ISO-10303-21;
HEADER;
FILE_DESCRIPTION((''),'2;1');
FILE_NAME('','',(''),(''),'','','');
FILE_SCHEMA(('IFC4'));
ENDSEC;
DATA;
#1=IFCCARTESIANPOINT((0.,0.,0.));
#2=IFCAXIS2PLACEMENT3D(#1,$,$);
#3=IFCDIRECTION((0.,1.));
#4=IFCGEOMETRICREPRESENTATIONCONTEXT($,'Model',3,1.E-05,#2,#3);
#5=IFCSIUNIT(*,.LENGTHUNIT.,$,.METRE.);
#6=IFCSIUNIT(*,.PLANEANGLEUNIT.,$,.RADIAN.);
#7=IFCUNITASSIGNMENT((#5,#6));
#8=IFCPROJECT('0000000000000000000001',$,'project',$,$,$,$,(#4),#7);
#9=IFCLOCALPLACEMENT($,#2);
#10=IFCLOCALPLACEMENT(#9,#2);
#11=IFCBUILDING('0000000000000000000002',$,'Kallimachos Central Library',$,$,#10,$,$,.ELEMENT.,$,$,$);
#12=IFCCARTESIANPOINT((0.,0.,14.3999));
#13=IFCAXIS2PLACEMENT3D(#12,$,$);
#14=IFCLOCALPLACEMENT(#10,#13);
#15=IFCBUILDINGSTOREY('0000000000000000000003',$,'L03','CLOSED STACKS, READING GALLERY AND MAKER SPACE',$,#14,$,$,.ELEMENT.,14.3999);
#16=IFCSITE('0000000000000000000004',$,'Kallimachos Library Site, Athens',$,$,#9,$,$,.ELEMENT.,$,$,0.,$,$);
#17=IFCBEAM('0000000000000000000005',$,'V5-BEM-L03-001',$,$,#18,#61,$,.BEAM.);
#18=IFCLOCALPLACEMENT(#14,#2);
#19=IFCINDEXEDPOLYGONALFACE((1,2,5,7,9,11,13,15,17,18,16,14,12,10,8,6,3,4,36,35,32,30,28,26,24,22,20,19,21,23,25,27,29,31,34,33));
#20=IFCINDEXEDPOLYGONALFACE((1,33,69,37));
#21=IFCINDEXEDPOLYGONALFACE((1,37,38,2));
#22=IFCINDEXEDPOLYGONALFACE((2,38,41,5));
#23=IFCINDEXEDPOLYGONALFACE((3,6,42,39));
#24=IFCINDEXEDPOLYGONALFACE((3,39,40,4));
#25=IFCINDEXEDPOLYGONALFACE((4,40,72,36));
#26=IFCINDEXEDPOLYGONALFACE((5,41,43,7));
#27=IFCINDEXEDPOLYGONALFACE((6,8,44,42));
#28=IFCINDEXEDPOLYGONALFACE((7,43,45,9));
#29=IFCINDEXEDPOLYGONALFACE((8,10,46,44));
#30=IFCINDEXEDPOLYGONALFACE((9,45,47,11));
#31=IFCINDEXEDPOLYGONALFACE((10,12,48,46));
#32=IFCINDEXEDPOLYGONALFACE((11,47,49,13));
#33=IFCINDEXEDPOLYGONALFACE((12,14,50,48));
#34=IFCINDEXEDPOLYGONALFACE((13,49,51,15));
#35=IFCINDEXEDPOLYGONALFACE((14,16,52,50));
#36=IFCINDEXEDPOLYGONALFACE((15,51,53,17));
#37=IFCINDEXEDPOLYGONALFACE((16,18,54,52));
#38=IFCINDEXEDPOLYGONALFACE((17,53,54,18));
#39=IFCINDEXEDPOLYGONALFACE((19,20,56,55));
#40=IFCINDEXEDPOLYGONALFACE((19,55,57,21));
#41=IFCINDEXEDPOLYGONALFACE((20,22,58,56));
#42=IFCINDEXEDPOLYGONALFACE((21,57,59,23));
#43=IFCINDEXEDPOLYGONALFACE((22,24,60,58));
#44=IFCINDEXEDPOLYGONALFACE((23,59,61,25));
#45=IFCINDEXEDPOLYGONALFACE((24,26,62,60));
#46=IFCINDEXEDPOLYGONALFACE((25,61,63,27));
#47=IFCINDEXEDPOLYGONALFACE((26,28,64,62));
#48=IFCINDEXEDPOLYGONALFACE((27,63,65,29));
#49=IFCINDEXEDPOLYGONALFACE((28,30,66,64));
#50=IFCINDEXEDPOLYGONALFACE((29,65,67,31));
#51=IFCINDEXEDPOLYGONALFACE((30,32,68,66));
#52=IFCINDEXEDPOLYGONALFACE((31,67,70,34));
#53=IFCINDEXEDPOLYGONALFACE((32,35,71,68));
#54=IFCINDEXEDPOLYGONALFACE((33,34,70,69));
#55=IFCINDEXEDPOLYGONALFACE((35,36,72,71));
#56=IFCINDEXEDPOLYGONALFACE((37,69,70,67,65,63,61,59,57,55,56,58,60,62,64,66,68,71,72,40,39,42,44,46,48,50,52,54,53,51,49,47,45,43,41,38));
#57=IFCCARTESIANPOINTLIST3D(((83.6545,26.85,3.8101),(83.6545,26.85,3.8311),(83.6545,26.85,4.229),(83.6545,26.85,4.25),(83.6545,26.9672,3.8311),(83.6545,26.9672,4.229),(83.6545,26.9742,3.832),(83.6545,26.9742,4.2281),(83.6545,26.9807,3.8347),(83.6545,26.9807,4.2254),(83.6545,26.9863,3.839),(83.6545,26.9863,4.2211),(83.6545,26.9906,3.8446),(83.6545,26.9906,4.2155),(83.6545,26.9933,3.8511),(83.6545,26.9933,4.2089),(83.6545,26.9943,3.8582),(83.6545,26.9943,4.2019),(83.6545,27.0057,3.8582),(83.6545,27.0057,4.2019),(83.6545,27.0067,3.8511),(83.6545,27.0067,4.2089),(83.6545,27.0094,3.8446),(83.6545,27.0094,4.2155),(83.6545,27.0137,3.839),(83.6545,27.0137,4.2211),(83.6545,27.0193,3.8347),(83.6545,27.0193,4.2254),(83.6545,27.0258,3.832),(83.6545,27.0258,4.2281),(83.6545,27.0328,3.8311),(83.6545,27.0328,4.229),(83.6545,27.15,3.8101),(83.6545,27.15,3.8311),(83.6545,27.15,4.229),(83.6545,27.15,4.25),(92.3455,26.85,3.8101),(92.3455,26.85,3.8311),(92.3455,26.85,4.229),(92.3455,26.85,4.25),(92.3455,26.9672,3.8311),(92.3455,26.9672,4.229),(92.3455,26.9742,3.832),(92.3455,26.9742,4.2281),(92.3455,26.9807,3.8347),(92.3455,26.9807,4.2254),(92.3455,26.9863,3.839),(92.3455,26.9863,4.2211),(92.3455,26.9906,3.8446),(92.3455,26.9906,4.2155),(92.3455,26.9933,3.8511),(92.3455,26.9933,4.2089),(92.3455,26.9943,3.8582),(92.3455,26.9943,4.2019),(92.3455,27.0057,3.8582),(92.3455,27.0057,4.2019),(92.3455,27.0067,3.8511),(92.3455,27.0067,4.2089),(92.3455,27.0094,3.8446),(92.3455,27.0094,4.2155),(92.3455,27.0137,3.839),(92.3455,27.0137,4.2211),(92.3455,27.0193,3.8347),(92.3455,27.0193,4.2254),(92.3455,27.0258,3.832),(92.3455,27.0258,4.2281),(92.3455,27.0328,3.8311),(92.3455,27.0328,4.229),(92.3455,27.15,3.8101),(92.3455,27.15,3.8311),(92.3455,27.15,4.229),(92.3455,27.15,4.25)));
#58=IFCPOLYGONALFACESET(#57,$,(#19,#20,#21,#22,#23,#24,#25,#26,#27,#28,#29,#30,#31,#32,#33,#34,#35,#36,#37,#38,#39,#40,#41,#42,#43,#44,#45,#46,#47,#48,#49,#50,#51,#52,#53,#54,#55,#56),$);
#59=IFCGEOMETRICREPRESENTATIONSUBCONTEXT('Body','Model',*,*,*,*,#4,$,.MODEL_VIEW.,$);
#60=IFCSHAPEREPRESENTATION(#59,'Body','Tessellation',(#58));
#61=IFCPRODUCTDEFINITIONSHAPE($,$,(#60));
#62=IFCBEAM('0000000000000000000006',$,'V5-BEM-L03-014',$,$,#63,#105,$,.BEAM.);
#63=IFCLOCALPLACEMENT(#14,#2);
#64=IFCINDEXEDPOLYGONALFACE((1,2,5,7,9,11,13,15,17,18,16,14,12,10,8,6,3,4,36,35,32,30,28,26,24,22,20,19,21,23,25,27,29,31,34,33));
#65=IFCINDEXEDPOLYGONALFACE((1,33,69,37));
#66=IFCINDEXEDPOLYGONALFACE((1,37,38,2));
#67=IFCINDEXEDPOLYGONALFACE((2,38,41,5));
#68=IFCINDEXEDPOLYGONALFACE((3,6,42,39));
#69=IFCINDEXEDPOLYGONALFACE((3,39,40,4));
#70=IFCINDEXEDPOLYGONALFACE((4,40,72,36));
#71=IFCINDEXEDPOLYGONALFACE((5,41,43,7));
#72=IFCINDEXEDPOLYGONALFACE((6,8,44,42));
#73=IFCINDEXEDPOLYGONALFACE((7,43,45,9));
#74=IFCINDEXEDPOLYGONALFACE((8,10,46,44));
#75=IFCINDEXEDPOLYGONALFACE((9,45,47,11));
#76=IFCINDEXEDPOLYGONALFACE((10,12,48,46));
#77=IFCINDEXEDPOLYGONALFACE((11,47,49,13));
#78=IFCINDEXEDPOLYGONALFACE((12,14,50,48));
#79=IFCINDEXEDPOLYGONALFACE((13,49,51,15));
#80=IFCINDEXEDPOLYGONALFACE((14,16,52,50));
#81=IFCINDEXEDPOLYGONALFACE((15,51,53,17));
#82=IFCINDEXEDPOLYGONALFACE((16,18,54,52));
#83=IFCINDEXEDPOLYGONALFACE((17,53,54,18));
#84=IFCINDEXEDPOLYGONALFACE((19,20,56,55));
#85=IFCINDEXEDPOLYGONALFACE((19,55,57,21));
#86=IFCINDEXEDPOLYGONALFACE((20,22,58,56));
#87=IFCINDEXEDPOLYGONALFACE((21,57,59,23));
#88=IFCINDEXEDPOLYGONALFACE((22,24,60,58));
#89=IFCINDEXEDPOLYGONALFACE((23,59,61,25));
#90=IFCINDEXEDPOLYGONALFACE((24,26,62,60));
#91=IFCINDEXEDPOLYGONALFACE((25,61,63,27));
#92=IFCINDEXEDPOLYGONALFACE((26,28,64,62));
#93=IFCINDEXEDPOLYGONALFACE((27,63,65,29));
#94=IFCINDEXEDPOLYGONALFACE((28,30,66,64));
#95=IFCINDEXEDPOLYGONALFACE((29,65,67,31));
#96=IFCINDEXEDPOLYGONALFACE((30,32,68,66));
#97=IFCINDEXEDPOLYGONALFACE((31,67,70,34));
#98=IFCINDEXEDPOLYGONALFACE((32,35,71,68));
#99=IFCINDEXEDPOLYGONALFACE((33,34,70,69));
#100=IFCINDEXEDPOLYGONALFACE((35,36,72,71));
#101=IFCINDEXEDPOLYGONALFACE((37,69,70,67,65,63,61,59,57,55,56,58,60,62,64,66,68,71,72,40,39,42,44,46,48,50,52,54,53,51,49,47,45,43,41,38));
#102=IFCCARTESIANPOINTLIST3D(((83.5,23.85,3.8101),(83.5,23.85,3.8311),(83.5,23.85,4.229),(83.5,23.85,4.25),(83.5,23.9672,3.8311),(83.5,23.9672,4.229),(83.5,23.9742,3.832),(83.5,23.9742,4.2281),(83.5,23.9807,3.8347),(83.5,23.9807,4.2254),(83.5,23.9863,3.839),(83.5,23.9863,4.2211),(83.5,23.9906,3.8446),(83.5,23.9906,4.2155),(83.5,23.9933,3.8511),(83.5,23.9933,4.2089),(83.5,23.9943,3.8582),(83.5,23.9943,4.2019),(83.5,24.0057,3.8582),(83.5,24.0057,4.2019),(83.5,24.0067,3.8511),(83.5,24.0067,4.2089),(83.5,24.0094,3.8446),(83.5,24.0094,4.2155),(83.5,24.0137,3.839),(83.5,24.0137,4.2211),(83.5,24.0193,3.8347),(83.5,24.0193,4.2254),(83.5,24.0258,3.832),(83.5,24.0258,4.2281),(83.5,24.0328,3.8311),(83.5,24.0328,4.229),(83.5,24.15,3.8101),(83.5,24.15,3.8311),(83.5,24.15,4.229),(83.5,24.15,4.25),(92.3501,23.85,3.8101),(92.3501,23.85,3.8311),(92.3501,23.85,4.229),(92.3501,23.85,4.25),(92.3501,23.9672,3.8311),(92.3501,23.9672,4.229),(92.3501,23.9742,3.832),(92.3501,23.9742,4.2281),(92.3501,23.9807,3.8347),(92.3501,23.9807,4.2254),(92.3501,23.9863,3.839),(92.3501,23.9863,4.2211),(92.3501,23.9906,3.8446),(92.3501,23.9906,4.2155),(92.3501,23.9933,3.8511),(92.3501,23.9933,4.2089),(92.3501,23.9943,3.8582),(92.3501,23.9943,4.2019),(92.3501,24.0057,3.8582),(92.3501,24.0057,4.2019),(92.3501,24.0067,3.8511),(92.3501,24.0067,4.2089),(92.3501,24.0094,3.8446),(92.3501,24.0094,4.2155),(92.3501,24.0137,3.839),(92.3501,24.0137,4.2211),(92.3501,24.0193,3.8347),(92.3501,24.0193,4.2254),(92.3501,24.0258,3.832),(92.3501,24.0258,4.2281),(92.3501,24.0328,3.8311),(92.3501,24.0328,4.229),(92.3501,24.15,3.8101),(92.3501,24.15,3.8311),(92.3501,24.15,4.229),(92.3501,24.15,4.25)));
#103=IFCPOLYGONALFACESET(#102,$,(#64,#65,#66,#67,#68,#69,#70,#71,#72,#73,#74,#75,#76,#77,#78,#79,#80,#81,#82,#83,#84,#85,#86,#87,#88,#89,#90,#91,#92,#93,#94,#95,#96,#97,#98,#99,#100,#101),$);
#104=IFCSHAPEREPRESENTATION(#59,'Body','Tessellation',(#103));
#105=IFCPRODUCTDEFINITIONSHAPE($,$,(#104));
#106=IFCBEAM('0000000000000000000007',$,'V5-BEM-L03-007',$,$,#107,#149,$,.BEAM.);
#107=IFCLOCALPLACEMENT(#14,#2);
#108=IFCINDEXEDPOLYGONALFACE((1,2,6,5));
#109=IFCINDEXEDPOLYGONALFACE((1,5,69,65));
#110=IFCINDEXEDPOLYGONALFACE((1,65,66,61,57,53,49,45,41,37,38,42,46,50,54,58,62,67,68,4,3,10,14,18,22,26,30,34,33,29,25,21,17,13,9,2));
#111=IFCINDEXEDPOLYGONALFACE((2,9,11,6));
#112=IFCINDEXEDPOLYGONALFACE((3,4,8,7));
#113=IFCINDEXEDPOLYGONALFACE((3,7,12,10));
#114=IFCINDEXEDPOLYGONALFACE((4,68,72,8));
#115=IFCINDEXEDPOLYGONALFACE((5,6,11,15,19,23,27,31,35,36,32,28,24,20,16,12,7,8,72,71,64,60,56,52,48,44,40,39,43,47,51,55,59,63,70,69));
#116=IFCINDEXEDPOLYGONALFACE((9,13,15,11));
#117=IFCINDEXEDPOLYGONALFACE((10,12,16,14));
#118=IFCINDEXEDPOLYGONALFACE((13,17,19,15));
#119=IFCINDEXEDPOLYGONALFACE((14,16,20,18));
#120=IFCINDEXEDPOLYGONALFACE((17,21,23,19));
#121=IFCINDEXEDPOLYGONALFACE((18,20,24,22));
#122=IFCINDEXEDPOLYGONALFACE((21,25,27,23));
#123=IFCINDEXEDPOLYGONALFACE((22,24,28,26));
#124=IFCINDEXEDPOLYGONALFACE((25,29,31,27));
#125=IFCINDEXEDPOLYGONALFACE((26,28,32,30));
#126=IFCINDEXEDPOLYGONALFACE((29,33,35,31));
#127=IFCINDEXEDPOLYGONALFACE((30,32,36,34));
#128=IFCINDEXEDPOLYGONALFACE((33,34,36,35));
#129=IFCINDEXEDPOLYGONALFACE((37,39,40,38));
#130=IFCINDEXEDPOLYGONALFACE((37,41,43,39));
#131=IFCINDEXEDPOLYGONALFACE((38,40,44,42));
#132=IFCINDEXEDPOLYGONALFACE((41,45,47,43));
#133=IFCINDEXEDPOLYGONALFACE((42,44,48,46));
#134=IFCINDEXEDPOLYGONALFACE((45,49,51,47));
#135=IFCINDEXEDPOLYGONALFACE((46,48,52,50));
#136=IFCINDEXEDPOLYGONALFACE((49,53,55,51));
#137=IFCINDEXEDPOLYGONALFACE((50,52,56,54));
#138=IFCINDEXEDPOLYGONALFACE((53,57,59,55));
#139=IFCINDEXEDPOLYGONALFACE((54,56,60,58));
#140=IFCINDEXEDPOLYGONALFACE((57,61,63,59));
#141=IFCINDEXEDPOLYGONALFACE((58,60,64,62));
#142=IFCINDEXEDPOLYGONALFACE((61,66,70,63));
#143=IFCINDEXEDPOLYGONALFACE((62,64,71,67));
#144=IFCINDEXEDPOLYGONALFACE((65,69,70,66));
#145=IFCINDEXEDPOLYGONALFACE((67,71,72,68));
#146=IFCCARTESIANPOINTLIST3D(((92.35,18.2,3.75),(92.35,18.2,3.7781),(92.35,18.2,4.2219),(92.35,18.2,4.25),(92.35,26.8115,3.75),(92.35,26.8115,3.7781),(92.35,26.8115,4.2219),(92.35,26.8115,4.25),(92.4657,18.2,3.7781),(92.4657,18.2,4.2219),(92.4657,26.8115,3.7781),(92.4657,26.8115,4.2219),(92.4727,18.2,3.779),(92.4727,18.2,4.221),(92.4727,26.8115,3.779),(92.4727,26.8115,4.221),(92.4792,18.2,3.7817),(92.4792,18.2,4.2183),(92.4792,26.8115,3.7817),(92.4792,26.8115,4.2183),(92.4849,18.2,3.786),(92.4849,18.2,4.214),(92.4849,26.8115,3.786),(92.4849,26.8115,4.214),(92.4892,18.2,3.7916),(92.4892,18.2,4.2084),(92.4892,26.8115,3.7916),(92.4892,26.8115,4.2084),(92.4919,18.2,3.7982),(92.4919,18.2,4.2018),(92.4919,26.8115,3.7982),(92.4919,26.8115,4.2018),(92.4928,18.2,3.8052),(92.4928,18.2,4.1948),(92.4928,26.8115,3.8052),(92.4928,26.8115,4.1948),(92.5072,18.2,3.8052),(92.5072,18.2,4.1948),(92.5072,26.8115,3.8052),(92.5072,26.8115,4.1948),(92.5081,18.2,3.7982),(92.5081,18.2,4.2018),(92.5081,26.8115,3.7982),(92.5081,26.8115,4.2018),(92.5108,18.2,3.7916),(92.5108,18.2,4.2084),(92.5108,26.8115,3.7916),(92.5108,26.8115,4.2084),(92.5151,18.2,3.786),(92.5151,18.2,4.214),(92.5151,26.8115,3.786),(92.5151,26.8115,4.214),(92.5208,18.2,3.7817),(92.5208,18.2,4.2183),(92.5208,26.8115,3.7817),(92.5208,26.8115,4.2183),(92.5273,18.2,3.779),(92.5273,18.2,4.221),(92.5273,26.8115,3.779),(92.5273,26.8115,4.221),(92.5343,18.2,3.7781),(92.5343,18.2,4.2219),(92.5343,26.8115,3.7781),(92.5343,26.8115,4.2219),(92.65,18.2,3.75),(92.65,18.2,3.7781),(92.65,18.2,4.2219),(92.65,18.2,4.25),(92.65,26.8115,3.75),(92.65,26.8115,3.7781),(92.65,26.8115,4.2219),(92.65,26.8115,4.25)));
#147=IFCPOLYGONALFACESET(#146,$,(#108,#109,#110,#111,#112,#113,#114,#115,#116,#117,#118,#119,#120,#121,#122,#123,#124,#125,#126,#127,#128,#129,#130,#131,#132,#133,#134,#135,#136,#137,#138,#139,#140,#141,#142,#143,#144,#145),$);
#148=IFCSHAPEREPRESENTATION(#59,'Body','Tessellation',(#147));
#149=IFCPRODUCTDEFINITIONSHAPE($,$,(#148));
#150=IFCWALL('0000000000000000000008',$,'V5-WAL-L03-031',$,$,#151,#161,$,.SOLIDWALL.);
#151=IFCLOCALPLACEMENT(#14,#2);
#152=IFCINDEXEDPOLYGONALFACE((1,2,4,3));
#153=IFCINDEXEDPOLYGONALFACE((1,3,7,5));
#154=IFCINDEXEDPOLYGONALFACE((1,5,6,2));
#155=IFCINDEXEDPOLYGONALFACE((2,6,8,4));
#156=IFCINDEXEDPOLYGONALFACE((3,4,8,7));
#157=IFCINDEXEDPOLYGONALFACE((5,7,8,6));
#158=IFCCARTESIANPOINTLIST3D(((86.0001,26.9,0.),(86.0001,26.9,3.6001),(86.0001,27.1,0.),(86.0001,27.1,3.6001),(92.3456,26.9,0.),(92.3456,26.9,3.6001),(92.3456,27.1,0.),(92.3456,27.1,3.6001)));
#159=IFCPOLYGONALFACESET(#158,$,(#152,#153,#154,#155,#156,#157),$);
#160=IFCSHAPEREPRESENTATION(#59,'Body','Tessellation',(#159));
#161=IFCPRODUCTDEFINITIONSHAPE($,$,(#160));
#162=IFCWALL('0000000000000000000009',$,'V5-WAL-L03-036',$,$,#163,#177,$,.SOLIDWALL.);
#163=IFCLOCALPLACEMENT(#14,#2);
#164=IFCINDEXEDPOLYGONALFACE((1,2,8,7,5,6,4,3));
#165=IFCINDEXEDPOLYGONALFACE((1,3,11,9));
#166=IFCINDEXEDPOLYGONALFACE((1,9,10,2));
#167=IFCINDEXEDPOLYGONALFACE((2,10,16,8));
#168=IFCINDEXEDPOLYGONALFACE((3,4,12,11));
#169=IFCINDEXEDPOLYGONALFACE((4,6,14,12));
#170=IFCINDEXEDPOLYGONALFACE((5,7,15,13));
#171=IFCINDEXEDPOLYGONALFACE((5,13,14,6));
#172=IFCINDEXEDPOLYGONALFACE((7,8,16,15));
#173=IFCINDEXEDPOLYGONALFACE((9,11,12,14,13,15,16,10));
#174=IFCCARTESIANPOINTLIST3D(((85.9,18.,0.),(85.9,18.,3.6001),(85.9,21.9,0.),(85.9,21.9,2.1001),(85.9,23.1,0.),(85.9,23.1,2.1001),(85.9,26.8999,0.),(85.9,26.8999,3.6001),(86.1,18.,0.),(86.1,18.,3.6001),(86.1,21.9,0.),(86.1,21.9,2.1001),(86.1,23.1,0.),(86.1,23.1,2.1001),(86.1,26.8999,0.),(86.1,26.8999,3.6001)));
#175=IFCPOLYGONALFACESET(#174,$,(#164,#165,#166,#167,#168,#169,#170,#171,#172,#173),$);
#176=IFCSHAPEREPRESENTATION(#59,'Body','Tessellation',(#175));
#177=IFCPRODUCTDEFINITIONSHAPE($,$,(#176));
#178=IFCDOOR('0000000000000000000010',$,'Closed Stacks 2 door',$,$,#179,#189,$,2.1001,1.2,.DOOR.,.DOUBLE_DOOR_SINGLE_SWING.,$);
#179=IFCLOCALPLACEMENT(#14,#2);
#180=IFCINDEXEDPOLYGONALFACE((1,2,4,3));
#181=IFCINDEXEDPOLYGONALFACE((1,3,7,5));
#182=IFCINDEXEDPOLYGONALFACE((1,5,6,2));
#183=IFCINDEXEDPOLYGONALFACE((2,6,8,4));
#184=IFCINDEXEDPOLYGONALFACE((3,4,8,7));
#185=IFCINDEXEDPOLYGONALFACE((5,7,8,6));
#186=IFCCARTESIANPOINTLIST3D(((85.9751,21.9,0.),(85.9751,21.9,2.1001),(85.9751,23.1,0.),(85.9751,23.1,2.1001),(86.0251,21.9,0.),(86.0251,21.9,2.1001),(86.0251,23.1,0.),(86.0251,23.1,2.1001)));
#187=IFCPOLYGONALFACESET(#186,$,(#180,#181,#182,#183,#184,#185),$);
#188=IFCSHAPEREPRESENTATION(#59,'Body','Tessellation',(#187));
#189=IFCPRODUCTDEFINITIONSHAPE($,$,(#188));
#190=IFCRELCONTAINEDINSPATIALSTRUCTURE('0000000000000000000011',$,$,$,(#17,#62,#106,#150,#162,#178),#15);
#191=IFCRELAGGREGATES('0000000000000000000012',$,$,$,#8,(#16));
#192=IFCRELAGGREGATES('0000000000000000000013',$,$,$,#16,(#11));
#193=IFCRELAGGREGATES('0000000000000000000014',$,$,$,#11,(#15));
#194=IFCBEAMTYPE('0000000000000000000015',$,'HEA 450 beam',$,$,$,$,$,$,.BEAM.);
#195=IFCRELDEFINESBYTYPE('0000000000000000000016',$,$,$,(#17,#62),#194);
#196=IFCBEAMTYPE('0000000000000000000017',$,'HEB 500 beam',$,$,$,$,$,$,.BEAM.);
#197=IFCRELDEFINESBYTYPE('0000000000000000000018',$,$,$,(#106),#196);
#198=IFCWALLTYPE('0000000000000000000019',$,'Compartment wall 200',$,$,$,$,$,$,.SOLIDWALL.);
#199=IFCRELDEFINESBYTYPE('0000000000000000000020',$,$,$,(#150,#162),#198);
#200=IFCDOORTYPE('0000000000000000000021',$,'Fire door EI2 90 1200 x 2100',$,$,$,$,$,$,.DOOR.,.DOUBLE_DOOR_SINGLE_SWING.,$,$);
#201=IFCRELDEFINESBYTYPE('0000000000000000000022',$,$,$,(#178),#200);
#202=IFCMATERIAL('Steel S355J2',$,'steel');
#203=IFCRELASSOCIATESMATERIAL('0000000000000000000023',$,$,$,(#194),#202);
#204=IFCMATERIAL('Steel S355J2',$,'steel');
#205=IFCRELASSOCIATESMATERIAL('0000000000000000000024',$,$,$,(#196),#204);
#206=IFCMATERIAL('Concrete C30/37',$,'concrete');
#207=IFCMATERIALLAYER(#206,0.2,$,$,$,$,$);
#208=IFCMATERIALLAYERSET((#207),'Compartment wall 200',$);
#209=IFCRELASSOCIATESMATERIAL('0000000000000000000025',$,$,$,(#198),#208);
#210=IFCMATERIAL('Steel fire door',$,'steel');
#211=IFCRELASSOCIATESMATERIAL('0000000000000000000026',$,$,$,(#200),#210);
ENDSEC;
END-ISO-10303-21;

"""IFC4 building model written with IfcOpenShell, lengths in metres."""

from ifc_helpers import new_model, si_unit, direction, frame, frame_2d, origin, origin_2d, place, context, subcontext, project, spatial, rectangle, i_section, extrude, material, layer, layer_set, material_profile, profile_set, type_object, element, fill, save


model = new_model("IFC4")

# Units and contexts
model_context = context("Model", 3, precision=1e-05, world=origin(), true_north=direction((0.0, 1.0)))
body_context = subcontext(model_context, "Body", "Model", "MODEL_VIEW")
ifc_project = project(units=[si_unit("LENGTHUNIT", "METRE"), si_unit("PLANEANGLEUNIT", "RADIAN")], contexts=[model_context])

# Site, building, storey
site_placement = place(None, origin())
site = spatial("IfcSite", under=ifc_project, at=site_placement, Name="Kallimachos Library Site, Athens", CompositionType="ELEMENT", RefElevation=0.0)
building_placement = place(site_placement, origin())
building = spatial("IfcBuilding", under=site, at=building_placement, Name="Kallimachos Central Library", CompositionType="ELEMENT")
storey_placement = place(building_placement, frame((0.0, 0.0, 14.3999)))
storey = spatial("IfcBuildingStorey", under=building, at=storey_placement, Name="L03", Description="CLOSED STACKS, READING GALLERY AND MAKER SPACE", CompositionType="ELEMENT", Elevation=14.3999)

# Beams
ifc_material_1 = material(Name="Steel S355J2", Category="steel")
ifc_material_profile_1 = material_profile(ifc_material_1, i_section(OverallWidth=0.3, OverallDepth=0.4399, WebThickness=0.0115, FlangeThickness=0.021, FilletRadius=0.0271, at=origin_2d()), Name="HEA 450")
ifc_profile_set_1 = profile_set([ifc_material_profile_1], Name="Steel S355J2")
beam_type_1 = type_object("IfcBeamType", Name="HEA 450 beam", PredefinedType="BEAM", material=ifc_profile_set_1)
beam_1_placement = place(storey_placement, frame((83.6545, 27.0, 4.03), z_axis=(1.0, 0.0, 0.0), x_axis=(0.0, 1.0, 0.0)))
element("IfcBeam", 1, at=beam_1_placement, inside=storey, type_object=beam_type_1, Name="V5-BEM-L03-001", PredefinedType="BEAM", context=body_context, shape_type="SweptSolid", body=[
    extrude(i_section(OverallWidth=0.3, OverallDepth=0.4399, WebThickness=0.0115, FlangeThickness=0.021, FilletRadius=0.0271, at=origin_2d()), origin(), (0.0, 0.0, 1.0), 8.6909),
])
beam_2_placement = place(storey_placement, frame((83.5, 24.0, 4.03), z_axis=(1.0, 0.0, 0.0), x_axis=(0.0, 1.0, 0.0)))
element("IfcBeam", 2, at=beam_2_placement, inside=storey, type_object=beam_type_1, Name="V5-BEM-L03-014", PredefinedType="BEAM", context=body_context, shape_type="SweptSolid", body=[
    extrude(i_section(OverallWidth=0.3, OverallDepth=0.4399, WebThickness=0.0115, FlangeThickness=0.021, FilletRadius=0.0271, at=origin_2d()), origin(), (0.0, 0.0, 1.0), 8.8501),
])
ifc_material_2 = material(Name="Steel S355J2", Category="steel")
ifc_material_profile_2 = material_profile(ifc_material_2, i_section(OverallWidth=0.3, OverallDepth=0.5, WebThickness=0.0144, FlangeThickness=0.0281, FilletRadius=0.0271, at=origin_2d()), Name="HEB 500")
ifc_profile_set_2 = profile_set([ifc_material_profile_2], Name="Steel S355J2")
beam_type_2 = type_object("IfcBeamType", Name="HEB 500 beam", PredefinedType="BEAM", material=ifc_profile_set_2)
beam_3_placement = place(storey_placement, frame((92.5, 18.2, 4.0), z_axis=(0.0, 1.0, 0.0), x_axis=(-1.0, 0.0, 0.0)))
element("IfcBeam", 3, at=beam_3_placement, inside=storey, type_object=beam_type_2, Name="V5-BEM-L03-007", PredefinedType="BEAM", context=body_context, shape_type="SweptSolid", body=[
    extrude(i_section(OverallWidth=0.3, OverallDepth=0.5, WebThickness=0.0144, FlangeThickness=0.0281, FilletRadius=0.0271, at=origin_2d()), origin(), (0.0, 0.0, 1.0), 8.6116),
])

# Wall
ifc_material_3 = material(Name="Concrete C30/37", Category="concrete")
ifc_layer_1 = layer(ifc_material_3, 0.2)
ifc_layer_set_1 = layer_set([ifc_layer_1], Name="Compartment wall 200")
wall_type_1 = type_object("IfcWallType", Name="Compartment wall 200", PredefinedType="SOLIDWALL", material=ifc_layer_set_1)
wall_1_placement = place(storey_placement, frame((86.0, 27.0, 0.0), z_axis=(0.0, 0.0, 1.0), x_axis=(1.0, 0.0, 0.0)))
element("IfcWall", 4, at=wall_1_placement, inside=storey, type_object=wall_type_1, Name="V5-WAL-L03-031", PredefinedType="SOLIDWALL", context=body_context, shape_type="SweptSolid", body=[
    extrude(rectangle(XDim=6.3455, YDim=0.2, at=frame_2d((3.1729, 0.0))), origin(), (0.0, 0.0, 1.0), 3.6001),
])

# Wall, opening, door
wall_2_placement = place(storey_placement, frame((86.0, 18.0, 0.0), z_axis=(0.0, 0.0, 1.0), x_axis=(0.0, 1.0, 0.0)))
wall_2 = element("IfcWall", 5, at=wall_2_placement, inside=storey, type_object=wall_type_1, Name="V5-WAL-L03-036", PredefinedType="SOLIDWALL", context=body_context, shape_type="SweptSolid", body=[
    extrude(rectangle(XDim=8.8999, YDim=0.2, at=frame_2d((4.45, 0.0))), origin(), (0.0, 0.0, 1.0), 3.6001),
])
opening_1_placement = place(wall_2_placement, frame((3.8999, 0.0, 0.0)))
opening_1 = element("IfcOpeningElement", 6, at=opening_1_placement, cuts=wall_2, PredefinedType="OPENING", context=body_context, shape_type="SweptSolid", body=[
    extrude(rectangle(XDim=1.2, YDim=2.1001, at=frame_2d((0.6001, 1.05))), frame((0.0, 0.1099, 0.0), z_axis=(0.0, -1.0, 0.0), x_axis=(1.0, 0.0, 0.0)), (0.0, 0.0, 1.0), 0.22),
])
ifc_material_4 = material(Name="Steel fire door", Category="steel")
door_type = type_object("IfcDoorType", Name="Fire door EI2 90 1200 x 2100", OperationType="DOUBLE_DOOR_SINGLE_SWING", PredefinedType="DOOR", material=ifc_material_4)
door_placement = place(opening_1_placement, origin())
door = element("IfcDoor", 7, at=door_placement, inside=storey, type_object=door_type, Name="Closed Stacks 2 door", OperationType="DOUBLE_DOOR_SINGLE_SWING", OverallHeight=2.1001, OverallWidth=1.2, PredefinedType="DOOR", context=body_context, shape_type="SweptSolid", body=[
    extrude(rectangle(XDim=1.2, YDim=2.1001, at=frame_2d((0.6001, 1.05))), frame((0.0, 0.0249, 0.0), z_axis=(0.0, -1.0, 0.0), x_axis=(1.0, 0.0, 0.0)), (0.0, 0.0, 1.0), 0.05),
])
fill(opening_1, door)

save(model, "model.ifc")
